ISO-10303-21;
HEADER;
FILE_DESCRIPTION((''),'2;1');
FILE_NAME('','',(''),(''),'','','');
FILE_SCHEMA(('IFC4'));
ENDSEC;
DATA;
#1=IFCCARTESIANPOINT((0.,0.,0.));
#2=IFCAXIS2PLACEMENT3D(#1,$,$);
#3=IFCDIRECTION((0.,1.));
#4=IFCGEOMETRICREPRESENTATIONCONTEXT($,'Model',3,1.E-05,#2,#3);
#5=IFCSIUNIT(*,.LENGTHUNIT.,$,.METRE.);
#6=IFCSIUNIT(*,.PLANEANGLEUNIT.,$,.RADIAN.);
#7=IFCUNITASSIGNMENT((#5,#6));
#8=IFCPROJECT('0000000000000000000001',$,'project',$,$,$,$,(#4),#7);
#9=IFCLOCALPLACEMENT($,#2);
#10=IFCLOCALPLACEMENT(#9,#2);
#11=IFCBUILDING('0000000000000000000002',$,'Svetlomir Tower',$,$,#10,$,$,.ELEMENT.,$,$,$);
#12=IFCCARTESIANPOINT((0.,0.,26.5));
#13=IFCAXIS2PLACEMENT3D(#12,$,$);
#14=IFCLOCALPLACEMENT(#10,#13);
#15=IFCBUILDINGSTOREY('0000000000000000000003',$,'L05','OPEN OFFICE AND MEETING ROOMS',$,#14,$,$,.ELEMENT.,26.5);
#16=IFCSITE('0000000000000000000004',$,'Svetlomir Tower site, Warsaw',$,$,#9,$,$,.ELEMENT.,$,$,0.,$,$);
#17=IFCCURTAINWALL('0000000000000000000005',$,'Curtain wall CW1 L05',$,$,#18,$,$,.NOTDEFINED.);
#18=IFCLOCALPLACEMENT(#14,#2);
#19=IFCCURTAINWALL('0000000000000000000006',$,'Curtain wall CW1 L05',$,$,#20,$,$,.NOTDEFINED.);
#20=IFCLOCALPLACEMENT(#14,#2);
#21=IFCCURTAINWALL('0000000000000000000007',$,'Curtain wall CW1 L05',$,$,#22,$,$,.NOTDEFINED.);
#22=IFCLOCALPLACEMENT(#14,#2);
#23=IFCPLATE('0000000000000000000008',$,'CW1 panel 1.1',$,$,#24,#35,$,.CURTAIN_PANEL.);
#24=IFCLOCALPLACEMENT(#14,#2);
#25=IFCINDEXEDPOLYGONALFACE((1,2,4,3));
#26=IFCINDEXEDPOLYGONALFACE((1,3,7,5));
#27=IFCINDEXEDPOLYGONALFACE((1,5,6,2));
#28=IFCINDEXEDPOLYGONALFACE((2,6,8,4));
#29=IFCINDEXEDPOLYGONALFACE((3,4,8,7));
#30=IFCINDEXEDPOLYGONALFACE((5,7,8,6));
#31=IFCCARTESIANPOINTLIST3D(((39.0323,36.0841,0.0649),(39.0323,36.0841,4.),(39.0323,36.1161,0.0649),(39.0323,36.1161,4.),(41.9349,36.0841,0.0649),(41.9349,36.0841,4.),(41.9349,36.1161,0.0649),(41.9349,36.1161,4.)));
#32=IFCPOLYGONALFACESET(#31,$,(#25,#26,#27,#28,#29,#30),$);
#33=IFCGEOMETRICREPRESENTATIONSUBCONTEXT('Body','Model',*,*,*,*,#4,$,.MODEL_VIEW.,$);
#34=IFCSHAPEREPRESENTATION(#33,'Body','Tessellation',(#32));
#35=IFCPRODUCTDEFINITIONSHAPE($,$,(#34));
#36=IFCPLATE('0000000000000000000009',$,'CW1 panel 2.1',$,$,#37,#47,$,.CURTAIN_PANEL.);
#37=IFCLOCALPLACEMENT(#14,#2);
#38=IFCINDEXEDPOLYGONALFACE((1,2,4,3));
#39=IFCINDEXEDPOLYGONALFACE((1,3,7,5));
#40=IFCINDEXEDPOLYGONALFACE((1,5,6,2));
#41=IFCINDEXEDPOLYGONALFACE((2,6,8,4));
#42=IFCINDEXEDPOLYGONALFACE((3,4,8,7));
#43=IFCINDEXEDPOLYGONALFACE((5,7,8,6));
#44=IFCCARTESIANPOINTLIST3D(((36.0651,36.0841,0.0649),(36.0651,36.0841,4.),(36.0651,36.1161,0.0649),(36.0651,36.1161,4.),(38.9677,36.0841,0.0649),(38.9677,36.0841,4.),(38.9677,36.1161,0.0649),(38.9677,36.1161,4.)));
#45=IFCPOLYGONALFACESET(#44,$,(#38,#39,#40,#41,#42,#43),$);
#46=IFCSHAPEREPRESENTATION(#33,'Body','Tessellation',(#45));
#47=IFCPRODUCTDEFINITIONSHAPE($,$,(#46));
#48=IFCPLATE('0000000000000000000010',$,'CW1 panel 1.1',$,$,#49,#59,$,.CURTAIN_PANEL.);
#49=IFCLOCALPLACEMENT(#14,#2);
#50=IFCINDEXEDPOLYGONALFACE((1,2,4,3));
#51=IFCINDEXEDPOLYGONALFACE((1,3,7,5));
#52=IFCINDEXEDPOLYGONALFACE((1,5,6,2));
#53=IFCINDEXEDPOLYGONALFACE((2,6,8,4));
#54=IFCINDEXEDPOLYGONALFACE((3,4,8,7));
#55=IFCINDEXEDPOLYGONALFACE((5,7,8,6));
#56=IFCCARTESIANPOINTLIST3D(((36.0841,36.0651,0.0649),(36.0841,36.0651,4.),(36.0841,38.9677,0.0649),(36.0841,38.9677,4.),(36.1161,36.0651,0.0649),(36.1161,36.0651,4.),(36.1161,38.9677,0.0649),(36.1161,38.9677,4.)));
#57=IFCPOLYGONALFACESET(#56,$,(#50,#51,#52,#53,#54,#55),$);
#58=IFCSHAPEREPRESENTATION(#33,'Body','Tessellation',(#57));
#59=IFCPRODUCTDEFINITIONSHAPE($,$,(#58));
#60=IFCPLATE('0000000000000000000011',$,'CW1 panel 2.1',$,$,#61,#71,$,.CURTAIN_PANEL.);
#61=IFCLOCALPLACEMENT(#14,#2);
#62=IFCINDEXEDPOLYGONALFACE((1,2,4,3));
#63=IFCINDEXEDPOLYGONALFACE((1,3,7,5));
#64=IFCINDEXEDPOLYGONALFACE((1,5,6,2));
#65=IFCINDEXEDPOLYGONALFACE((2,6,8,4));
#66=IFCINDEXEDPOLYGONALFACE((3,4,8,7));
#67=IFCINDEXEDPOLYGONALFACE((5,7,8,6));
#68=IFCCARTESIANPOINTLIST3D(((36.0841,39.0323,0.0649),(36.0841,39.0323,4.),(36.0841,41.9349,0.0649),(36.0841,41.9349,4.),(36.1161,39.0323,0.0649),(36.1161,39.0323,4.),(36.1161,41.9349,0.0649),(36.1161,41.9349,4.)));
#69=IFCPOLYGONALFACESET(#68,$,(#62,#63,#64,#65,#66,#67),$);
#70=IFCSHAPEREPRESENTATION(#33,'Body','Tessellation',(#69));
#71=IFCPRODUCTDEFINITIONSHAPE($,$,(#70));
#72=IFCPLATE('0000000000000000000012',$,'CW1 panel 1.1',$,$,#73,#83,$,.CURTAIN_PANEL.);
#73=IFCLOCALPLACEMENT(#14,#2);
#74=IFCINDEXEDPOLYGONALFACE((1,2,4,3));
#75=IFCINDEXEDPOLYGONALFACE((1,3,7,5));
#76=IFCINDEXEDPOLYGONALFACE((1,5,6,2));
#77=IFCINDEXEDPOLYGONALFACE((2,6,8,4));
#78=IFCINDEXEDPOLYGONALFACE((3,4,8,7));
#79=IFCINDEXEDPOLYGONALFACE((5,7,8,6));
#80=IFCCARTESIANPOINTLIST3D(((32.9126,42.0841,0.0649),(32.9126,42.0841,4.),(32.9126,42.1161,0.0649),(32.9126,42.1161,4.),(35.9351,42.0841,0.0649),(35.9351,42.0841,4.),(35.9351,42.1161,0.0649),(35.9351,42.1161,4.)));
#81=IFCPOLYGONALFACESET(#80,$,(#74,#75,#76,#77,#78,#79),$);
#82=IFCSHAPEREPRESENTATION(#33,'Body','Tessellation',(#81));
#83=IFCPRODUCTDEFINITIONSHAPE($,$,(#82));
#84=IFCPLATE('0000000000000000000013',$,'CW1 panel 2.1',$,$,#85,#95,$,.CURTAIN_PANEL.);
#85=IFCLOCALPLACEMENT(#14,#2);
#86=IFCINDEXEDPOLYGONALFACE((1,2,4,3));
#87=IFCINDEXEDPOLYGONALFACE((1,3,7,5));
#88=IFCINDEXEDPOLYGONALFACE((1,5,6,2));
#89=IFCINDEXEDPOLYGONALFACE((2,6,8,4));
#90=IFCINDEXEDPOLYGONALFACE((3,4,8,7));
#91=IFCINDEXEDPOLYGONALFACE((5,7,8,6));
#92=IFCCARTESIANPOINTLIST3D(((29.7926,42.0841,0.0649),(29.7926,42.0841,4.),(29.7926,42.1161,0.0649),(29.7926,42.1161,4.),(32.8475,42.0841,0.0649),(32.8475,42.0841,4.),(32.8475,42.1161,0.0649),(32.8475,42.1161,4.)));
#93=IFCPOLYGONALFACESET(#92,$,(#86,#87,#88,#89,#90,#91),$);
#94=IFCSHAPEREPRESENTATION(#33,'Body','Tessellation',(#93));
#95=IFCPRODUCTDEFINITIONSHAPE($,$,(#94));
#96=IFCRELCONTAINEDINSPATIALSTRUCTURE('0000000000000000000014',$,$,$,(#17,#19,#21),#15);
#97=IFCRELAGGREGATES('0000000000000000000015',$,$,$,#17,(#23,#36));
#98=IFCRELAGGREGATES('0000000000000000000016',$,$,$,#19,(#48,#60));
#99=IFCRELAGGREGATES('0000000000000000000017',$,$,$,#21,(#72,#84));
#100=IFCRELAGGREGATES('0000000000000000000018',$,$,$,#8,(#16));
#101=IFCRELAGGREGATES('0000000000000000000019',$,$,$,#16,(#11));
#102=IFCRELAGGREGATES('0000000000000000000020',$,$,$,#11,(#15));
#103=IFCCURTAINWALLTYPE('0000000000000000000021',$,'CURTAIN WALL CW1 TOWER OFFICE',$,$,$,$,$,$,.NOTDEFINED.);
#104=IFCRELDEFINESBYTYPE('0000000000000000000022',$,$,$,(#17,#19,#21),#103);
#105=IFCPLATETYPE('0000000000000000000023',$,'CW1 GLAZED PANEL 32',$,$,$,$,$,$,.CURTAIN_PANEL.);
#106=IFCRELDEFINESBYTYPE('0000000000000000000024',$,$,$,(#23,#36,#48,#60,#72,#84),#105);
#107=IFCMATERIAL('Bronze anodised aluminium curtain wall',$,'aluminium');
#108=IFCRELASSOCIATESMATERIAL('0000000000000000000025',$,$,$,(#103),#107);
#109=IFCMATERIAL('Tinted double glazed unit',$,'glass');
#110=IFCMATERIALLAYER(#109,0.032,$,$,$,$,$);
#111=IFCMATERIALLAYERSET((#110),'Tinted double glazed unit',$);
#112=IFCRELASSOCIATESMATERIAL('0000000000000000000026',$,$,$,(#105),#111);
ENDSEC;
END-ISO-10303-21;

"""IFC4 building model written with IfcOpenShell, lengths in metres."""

from ifc_helpers import new_model, si_unit, direction, frame, origin, origin_2d, place, context, subcontext, project, spatial, rectangle, extrude, material, layer, layer_set, type_object, element, aggregate, save


model = new_model("IFC4")

# Units and contexts
model_context = context("Model", 3, precision=1e-05, world=origin(), true_north=direction((0.0, 1.0)))
body_context = subcontext(model_context, "Body", "Model", "MODEL_VIEW")
ifc_project = project(units=[si_unit("LENGTHUNIT", "METRE"), si_unit("PLANEANGLEUNIT", "RADIAN")], contexts=[model_context])

# Site, building, storey
site_placement = place(None, origin())
site = spatial("IfcSite", under=ifc_project, at=site_placement, Name="Svetlomir Tower site, Warsaw", CompositionType="ELEMENT", RefElevation=0.0)
building_placement = place(site_placement, origin())
building = spatial("IfcBuilding", under=site, at=building_placement, Name="Svetlomir Tower", CompositionType="ELEMENT")
storey_placement = place(building_placement, frame((0.0, 0.0, 26.5)))
storey = spatial("IfcBuildingStorey", under=building, at=storey_placement, Name="L05", Description="OPEN OFFICE AND MEETING ROOMS", CompositionType="ELEMENT", Elevation=26.5)

# Curtain walls
ifc_material_1 = material(Name="Bronze anodised aluminium curtain wall", Category="aluminium")
curtain_wall_type = type_object("IfcCurtainWallType", Name="CURTAIN WALL CW1 TOWER OFFICE", PredefinedType="NOTDEFINED", material=ifc_material_1)
curtain_wall_1_placement = place(storey_placement, origin())
curtain_wall_1 = element("IfcCurtainWall", 1, at=curtain_wall_1_placement, inside=storey, type_object=curtain_wall_type, Name="Curtain wall CW1 L05", PredefinedType="NOTDEFINED")
curtain_wall_2_placement = place(storey_placement, origin())
curtain_wall_2 = element("IfcCurtainWall", 2, at=curtain_wall_2_placement, inside=storey, type_object=curtain_wall_type, Name="Curtain wall CW1 L05", PredefinedType="NOTDEFINED")
curtain_wall_3_placement = place(storey_placement, origin())
curtain_wall_3 = element("IfcCurtainWall", 3, at=curtain_wall_3_placement, inside=storey, type_object=curtain_wall_type, Name="Curtain wall CW1 L05", PredefinedType="NOTDEFINED")

# Plates
ifc_material_2 = material(Name="Tinted double glazed unit", Category="glass")
ifc_layer = layer(ifc_material_2, 0.032)
ifc_layer_set = layer_set([ifc_layer], Name="Tinted double glazed unit")
plate_type = type_object("IfcPlateType", Name="CW1 GLAZED PANEL 32", PredefinedType="CURTAIN_PANEL", material=ifc_layer_set)
plate_1_placement = place(storey_placement, frame((40.4836, 36.1001, 0.0649), z_axis=(0.0, 0.0, 1.0), x_axis=(-1.0, 0.0, 0.0)))
plate_1 = element("IfcPlate", 4, at=plate_1_placement, type_object=plate_type, Name="CW1 panel 1.1", PredefinedType="CURTAIN_PANEL", context=body_context, shape_type="SweptSolid", body=[
    extrude(rectangle(XDim=2.9026, YDim=0.032, at=origin_2d()), origin(), (0.0, 0.0, 1.0), 3.9351),
])
plate_2_placement = place(storey_placement, frame((37.5164, 36.1001, 0.0649), z_axis=(0.0, 0.0, 1.0), x_axis=(-1.0, 0.0, 0.0)))
plate_2 = element("IfcPlate", 5, at=plate_2_placement, type_object=plate_type, Name="CW1 panel 2.1", PredefinedType="CURTAIN_PANEL", context=body_context, shape_type="SweptSolid", body=[
    extrude(rectangle(XDim=2.9026, YDim=0.032, at=origin_2d()), origin(), (0.0, 0.0, 1.0), 3.9351),
])
aggregate(curtain_wall_1, [plate_1, plate_2])
plate_3_placement = place(storey_placement, frame((36.1001, 37.5164, 0.0649), z_axis=(0.0, 0.0, 1.0), x_axis=(0.0, 1.0, 0.0)))
plate_3 = element("IfcPlate", 6, at=plate_3_placement, type_object=plate_type, Name="CW1 panel 1.1", PredefinedType="CURTAIN_PANEL", context=body_context, shape_type="SweptSolid", body=[
    extrude(rectangle(XDim=2.9026, YDim=0.032, at=origin_2d()), origin(), (0.0, 0.0, 1.0), 3.9351),
])
plate_4_placement = place(storey_placement, frame((36.1001, 40.4836, 0.0649), z_axis=(0.0, 0.0, 1.0), x_axis=(0.0, 1.0, 0.0)))
plate_4 = element("IfcPlate", 7, at=plate_4_placement, type_object=plate_type, Name="CW1 panel 2.1", PredefinedType="CURTAIN_PANEL", context=body_context, shape_type="SweptSolid", body=[
    extrude(rectangle(XDim=2.9026, YDim=0.032, at=origin_2d()), origin(), (0.0, 0.0, 1.0), 3.9351),
])
aggregate(curtain_wall_2, [plate_3, plate_4])
plate_5_placement = place(storey_placement, frame((34.4238, 42.1001, 0.0649), z_axis=(0.0, 0.0, 1.0), x_axis=(-1.0, 0.0, 0.0)))
plate_5 = element("IfcPlate", 8, at=plate_5_placement, type_object=plate_type, Name="CW1 panel 1.1", PredefinedType="CURTAIN_PANEL", context=body_context, shape_type="SweptSolid", body=[
    extrude(rectangle(XDim=3.0225, YDim=0.032, at=origin_2d()), origin(), (0.0, 0.0, 1.0), 3.9351),
])
plate_6_placement = place(storey_placement, frame((31.3201, 42.1001, 0.0649), z_axis=(0.0, 0.0, 1.0), x_axis=(-1.0, 0.0, 0.0)))
plate_6 = element("IfcPlate", 9, at=plate_6_placement, type_object=plate_type, Name="CW1 panel 2.1", PredefinedType="CURTAIN_PANEL", context=body_context, shape_type="SweptSolid", body=[
    extrude(rectangle(XDim=3.0549, YDim=0.032, at=origin_2d()), origin(), (0.0, 0.0, 1.0), 3.9351),
])
aggregate(curtain_wall_3, [plate_5, plate_6])

save(model, "model.ifc")
